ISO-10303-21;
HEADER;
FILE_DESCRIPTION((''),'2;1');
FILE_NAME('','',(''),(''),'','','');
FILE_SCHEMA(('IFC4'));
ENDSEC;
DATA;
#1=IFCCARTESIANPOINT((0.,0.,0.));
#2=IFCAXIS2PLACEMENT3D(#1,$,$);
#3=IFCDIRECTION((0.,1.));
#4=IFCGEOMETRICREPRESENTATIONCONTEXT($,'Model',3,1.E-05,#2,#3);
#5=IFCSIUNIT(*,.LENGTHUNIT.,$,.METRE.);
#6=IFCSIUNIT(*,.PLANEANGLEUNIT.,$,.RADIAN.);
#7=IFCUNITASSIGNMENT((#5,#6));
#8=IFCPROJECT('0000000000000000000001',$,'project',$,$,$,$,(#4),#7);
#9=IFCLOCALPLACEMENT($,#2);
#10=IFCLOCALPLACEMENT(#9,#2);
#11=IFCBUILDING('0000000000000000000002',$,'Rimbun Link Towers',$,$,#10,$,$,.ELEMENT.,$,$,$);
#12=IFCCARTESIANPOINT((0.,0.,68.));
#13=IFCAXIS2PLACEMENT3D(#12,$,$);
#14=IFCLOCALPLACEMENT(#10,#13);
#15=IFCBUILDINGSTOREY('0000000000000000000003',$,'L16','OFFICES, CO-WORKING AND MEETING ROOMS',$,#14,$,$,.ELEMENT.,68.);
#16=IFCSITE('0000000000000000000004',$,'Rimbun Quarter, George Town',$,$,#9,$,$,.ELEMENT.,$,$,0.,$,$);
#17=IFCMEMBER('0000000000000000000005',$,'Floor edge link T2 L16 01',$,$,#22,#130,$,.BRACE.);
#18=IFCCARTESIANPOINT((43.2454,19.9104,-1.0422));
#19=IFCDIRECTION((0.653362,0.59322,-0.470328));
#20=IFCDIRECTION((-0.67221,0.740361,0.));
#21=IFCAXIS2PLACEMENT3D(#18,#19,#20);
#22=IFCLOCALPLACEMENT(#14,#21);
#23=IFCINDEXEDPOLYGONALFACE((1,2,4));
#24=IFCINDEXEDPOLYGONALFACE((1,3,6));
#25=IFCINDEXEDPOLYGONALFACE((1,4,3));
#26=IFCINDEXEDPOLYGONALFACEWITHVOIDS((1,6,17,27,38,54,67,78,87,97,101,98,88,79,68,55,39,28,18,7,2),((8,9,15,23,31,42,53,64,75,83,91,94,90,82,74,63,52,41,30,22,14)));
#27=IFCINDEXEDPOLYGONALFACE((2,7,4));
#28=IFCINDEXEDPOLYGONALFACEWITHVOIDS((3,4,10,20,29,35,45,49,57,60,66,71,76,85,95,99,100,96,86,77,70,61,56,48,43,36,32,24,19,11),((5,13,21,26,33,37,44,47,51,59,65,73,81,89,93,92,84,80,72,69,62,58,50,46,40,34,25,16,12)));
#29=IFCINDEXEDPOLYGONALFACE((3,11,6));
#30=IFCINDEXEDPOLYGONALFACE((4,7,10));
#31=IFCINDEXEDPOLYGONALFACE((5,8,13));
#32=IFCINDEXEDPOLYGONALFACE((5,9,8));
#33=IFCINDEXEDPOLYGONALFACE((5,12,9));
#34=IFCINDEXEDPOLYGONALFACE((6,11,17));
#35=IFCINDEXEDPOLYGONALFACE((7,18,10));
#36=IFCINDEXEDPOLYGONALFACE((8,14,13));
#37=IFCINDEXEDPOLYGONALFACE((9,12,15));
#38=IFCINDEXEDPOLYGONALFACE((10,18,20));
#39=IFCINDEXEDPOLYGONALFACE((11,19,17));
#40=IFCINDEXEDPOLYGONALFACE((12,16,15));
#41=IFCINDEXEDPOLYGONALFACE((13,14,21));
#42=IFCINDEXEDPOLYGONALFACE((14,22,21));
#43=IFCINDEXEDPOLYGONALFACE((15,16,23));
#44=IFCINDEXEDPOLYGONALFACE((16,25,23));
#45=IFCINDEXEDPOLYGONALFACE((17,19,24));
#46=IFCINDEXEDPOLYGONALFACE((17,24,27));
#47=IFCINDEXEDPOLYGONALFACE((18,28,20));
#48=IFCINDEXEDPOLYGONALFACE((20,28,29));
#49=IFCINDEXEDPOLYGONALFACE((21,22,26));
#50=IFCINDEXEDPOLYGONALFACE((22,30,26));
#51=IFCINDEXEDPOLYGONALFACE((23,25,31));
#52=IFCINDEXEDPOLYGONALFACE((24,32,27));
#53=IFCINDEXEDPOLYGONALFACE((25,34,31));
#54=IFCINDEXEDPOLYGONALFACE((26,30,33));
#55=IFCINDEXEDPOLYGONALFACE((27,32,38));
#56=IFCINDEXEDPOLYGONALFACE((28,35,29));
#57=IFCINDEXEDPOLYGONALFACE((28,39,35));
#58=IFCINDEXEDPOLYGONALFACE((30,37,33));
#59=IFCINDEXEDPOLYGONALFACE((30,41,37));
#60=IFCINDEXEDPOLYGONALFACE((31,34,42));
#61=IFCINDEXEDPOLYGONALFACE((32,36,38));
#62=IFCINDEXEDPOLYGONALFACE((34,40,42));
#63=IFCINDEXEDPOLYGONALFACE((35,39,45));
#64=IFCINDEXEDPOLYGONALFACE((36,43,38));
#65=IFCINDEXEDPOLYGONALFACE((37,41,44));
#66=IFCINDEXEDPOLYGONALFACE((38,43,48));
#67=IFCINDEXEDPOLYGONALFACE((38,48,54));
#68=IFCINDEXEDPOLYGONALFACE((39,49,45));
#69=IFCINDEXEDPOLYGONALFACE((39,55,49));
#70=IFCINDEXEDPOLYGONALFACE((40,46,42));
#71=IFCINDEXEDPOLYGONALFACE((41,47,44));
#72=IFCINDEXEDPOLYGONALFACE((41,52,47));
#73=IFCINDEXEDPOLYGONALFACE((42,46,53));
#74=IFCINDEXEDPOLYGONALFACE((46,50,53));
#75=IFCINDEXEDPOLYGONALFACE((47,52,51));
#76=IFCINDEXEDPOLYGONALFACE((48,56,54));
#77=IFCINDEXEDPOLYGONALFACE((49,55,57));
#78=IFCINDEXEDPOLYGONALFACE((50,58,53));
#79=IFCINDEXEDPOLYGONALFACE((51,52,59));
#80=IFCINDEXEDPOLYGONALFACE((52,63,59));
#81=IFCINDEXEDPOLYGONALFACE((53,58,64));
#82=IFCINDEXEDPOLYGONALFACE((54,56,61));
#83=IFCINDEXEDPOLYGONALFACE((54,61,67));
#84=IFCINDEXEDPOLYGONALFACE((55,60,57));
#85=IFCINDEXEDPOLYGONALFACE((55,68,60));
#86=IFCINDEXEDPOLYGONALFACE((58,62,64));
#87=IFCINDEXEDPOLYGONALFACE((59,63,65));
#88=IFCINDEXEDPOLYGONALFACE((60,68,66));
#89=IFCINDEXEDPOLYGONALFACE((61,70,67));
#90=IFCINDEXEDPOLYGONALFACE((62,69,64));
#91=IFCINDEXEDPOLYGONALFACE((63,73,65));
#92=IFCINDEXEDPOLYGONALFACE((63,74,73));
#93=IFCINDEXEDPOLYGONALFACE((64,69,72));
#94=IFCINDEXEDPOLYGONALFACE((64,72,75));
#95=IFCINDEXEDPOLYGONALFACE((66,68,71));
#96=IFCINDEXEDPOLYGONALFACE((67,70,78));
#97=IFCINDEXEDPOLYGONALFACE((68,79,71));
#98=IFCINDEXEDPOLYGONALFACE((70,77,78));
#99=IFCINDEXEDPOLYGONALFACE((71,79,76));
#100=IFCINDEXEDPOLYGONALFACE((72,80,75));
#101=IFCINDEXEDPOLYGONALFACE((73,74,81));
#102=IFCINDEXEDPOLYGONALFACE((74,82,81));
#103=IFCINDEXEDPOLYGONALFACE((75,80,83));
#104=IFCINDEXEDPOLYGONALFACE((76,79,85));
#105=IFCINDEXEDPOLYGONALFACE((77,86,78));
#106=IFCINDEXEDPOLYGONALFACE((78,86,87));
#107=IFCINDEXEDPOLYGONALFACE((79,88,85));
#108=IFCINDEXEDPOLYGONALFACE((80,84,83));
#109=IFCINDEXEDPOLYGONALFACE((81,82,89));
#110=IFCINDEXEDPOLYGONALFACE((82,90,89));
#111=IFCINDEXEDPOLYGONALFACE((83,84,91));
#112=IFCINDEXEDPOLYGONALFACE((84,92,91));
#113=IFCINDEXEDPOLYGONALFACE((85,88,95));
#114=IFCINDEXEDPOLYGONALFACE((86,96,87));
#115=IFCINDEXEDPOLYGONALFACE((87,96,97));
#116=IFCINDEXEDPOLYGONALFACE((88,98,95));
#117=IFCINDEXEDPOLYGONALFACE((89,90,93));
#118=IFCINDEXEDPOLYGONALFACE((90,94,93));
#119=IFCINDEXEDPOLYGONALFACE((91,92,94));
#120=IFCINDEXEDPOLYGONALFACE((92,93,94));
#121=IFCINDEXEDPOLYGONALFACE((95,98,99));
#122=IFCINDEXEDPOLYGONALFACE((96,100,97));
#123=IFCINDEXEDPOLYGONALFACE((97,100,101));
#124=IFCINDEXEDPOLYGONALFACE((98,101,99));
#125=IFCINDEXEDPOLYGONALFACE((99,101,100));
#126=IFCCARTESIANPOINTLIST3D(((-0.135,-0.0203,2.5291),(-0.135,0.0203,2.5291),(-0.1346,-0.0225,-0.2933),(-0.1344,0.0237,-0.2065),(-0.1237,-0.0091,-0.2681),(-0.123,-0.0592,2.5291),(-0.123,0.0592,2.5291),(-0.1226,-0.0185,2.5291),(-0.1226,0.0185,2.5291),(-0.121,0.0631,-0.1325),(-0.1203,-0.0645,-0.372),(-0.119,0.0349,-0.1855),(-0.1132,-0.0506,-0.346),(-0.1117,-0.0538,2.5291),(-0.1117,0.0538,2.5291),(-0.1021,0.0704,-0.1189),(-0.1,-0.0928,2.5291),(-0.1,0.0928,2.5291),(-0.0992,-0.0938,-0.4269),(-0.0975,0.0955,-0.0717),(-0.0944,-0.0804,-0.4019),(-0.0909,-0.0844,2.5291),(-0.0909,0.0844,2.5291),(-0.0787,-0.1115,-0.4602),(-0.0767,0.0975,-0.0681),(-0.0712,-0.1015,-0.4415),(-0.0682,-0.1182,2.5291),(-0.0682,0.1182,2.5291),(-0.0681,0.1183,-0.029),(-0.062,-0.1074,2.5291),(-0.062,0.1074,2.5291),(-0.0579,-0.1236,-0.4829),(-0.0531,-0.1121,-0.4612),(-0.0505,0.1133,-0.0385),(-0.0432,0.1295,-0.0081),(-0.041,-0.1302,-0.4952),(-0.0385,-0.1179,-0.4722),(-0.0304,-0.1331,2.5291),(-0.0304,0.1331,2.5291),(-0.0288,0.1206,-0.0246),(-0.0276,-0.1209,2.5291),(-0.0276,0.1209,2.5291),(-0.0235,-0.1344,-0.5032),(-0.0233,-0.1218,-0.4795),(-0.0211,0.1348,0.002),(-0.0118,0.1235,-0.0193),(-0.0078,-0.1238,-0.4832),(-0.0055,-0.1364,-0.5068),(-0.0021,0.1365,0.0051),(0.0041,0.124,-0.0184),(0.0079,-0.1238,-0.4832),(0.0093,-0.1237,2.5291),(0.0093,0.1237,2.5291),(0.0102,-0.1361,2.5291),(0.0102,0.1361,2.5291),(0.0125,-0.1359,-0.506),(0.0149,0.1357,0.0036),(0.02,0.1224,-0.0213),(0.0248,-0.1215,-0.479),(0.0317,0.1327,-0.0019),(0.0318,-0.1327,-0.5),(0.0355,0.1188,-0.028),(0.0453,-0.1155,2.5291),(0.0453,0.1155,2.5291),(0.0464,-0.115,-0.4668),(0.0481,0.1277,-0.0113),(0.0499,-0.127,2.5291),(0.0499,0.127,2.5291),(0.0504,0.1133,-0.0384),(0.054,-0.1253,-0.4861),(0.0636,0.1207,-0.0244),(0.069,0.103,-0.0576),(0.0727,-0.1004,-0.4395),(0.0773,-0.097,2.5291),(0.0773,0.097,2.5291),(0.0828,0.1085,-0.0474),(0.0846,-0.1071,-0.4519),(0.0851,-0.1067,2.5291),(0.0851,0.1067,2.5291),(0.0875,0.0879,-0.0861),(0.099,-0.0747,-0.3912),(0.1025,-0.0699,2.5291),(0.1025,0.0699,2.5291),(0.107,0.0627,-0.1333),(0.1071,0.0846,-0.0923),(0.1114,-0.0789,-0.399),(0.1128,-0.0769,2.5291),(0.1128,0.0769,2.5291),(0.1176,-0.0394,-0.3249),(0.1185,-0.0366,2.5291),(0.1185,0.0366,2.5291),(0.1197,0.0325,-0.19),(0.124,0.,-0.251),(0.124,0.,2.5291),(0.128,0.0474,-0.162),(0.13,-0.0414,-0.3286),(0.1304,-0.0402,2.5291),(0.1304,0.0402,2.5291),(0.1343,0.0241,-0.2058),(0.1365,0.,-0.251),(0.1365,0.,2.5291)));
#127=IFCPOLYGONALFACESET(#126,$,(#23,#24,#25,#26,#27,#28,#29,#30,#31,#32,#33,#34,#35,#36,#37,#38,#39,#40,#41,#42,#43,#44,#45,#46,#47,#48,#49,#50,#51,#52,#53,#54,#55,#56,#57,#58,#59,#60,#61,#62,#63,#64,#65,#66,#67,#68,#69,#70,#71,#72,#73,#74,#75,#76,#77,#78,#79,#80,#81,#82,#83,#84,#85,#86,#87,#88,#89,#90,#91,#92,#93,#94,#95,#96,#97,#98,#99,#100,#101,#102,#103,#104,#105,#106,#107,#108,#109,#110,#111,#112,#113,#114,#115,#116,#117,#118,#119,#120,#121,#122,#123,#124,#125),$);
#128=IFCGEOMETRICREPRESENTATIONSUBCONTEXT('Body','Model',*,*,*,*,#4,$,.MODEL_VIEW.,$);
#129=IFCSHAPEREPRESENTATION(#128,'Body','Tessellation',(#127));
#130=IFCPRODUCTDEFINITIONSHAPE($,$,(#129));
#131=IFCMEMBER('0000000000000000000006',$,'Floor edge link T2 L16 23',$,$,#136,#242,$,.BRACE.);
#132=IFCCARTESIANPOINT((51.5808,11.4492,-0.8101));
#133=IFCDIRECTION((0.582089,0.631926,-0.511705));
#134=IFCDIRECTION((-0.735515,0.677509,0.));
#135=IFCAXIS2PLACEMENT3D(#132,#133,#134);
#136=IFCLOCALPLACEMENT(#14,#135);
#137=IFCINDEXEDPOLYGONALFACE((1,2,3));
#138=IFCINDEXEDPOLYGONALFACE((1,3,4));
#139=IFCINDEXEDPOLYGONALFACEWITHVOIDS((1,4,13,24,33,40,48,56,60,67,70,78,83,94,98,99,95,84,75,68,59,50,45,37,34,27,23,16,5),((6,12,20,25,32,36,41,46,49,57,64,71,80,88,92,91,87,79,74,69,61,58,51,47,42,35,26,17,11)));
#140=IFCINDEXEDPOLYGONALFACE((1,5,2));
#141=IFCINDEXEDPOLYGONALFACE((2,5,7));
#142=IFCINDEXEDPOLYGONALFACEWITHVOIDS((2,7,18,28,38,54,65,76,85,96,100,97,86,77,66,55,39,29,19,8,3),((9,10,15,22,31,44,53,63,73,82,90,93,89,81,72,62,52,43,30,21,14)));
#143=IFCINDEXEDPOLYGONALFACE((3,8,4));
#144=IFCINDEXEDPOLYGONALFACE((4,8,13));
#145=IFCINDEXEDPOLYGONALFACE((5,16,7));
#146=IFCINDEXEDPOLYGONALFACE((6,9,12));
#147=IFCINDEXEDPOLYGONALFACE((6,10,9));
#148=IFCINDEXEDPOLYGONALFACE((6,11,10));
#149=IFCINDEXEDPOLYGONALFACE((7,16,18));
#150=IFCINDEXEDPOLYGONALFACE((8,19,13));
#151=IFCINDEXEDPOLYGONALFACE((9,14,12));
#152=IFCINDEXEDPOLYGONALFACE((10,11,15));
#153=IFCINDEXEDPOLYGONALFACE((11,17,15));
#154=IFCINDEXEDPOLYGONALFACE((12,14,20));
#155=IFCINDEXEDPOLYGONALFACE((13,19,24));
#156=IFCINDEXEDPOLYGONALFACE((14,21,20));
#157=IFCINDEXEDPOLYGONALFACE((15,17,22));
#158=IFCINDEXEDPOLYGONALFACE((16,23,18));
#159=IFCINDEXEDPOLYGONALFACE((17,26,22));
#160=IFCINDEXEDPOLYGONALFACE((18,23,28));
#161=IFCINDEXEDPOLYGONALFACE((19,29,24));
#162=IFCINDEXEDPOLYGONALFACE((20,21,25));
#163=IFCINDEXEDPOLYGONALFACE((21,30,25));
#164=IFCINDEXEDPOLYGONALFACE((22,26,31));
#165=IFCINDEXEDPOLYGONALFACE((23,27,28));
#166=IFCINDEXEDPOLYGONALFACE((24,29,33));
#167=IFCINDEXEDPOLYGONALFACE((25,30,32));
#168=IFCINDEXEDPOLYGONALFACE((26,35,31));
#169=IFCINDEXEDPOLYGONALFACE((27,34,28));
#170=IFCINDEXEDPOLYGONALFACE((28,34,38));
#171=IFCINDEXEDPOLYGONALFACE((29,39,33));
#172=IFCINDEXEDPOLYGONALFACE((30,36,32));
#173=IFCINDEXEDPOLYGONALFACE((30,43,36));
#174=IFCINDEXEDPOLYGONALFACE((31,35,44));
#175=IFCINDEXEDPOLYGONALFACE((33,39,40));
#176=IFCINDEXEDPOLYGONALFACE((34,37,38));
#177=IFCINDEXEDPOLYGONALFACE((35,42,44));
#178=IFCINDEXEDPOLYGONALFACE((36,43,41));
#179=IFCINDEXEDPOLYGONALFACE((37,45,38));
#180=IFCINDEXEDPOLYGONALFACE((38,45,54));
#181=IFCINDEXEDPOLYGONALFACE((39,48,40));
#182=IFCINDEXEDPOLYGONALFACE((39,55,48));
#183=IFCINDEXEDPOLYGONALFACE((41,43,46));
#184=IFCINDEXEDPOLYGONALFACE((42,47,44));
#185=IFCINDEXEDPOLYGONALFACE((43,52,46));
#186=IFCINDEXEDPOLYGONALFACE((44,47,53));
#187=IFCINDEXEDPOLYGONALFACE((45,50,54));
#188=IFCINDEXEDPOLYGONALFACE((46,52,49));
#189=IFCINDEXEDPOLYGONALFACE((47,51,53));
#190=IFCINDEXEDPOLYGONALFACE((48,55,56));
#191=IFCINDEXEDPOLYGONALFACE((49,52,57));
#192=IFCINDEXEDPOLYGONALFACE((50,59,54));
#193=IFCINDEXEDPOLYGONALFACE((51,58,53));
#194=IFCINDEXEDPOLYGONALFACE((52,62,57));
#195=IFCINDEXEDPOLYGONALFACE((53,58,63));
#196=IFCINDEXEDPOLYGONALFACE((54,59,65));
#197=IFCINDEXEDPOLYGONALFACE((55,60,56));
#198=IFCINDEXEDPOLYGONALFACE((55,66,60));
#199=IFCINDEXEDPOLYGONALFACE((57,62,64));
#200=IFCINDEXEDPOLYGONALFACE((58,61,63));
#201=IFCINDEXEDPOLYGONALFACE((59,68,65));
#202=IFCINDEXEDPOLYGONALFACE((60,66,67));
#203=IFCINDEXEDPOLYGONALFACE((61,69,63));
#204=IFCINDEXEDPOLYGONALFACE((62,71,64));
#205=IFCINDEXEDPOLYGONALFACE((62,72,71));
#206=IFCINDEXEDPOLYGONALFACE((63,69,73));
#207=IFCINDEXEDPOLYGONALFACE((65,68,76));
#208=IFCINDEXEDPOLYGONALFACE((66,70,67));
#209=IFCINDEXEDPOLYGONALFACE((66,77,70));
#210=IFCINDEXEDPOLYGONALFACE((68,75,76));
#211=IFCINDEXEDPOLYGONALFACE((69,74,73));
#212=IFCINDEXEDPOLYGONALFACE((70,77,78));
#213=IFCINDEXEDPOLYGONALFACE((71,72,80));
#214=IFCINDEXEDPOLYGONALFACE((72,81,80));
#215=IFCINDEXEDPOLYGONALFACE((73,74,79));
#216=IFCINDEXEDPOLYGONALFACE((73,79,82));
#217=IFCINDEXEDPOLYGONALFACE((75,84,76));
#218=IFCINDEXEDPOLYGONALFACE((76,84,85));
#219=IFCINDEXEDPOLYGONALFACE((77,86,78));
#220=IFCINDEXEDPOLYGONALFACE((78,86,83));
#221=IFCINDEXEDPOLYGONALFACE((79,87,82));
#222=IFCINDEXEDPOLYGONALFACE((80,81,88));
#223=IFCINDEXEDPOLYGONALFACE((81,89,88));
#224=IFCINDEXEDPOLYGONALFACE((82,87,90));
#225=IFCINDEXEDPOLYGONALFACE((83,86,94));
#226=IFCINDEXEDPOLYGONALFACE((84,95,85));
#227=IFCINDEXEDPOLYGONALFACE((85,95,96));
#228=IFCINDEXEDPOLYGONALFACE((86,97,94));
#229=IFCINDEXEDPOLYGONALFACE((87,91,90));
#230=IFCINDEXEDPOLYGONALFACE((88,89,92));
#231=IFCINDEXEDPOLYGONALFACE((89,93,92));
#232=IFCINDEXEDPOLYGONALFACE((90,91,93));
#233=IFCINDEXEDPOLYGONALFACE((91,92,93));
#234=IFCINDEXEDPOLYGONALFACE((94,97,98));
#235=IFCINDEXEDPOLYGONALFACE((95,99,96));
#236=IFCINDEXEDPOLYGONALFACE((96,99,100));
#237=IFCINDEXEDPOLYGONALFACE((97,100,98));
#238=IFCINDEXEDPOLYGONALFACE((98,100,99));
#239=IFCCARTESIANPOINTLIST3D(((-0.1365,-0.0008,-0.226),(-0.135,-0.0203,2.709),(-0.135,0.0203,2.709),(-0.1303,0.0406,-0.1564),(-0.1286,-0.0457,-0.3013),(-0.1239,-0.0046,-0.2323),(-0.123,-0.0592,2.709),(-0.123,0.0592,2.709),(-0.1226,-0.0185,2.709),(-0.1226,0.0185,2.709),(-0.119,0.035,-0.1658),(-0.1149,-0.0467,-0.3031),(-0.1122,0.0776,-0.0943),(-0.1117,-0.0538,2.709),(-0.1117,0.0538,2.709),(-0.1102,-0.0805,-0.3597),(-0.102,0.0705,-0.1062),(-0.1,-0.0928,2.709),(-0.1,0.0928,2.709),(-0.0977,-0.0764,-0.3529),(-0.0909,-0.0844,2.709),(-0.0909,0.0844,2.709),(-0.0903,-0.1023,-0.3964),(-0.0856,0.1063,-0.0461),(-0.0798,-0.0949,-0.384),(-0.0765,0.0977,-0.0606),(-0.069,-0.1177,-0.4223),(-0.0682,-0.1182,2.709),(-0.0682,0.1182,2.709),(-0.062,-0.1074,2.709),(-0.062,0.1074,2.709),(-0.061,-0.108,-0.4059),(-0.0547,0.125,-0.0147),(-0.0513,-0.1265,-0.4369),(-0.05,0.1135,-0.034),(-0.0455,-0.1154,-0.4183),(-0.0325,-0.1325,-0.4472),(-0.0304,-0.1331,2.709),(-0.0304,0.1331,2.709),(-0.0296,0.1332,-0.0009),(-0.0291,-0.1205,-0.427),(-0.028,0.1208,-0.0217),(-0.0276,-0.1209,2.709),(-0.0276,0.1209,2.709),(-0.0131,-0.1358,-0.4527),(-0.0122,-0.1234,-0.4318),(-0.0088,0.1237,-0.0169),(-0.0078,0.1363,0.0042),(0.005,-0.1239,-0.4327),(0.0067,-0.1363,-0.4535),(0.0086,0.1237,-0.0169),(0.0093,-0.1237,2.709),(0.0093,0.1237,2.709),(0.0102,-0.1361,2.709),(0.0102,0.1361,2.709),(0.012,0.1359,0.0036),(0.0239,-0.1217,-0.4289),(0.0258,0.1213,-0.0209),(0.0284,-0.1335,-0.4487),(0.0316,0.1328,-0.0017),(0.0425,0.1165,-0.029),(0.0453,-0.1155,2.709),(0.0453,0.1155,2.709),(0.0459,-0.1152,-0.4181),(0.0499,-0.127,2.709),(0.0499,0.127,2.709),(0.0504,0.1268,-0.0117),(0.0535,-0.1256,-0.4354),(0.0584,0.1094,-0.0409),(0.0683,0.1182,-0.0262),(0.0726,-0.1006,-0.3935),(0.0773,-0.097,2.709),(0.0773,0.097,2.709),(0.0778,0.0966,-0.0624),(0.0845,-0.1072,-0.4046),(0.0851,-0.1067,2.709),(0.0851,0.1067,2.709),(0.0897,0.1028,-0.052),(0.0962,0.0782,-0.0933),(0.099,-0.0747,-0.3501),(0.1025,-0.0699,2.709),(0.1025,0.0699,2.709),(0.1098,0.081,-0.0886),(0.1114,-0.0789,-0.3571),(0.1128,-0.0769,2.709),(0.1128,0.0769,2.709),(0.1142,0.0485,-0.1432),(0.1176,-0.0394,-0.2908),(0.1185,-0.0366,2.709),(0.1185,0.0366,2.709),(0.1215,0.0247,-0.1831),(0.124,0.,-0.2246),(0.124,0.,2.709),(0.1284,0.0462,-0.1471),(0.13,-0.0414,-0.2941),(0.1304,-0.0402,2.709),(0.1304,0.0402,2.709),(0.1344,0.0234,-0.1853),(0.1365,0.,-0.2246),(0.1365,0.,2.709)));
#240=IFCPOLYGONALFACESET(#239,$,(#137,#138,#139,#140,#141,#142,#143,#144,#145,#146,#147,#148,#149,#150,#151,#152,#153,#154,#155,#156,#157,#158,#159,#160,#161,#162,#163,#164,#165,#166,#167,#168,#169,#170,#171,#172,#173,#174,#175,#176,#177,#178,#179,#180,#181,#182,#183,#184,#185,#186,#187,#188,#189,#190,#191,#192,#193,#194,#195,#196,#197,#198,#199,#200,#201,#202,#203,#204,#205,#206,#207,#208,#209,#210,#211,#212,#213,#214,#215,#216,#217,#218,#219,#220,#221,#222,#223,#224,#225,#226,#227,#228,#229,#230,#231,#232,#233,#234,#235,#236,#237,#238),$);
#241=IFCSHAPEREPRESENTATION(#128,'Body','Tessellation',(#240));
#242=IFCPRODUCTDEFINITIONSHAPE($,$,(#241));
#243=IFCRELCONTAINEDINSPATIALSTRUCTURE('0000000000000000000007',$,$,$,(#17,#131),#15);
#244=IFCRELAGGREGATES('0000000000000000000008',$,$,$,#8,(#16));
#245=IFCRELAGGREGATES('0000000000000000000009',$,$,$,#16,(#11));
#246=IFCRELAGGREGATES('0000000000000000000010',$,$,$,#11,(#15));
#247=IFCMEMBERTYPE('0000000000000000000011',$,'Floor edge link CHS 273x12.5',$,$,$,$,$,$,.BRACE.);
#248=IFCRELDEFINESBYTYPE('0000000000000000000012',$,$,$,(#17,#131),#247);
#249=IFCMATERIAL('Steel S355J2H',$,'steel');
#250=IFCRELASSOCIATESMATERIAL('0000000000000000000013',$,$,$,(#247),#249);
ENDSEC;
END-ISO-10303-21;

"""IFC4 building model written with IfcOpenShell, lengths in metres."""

from ifc_helpers import new_model, si_unit, direction, frame, origin, origin_2d, place, context, subcontext, project, spatial, hollow_circle, extrude, clip, halfspace, material, material_profile, profile_set, type_object, element, save


model = new_model("IFC4")

# Units and contexts
model_context = context("Model", 3, precision=1e-05, world=origin(), true_north=direction((0.0, 1.0)))
body_context = subcontext(model_context, "Body", "Model", "MODEL_VIEW")
ifc_project = project(units=[si_unit("LENGTHUNIT", "METRE"), si_unit("PLANEANGLEUNIT", "RADIAN")], contexts=[model_context])

# Site, building, storey
site_placement = place(None, origin())
site = spatial("IfcSite", under=ifc_project, at=site_placement, Name="Rimbun Quarter, George Town", CompositionType="ELEMENT", RefElevation=0.0)
building_placement = place(site_placement, origin())
building = spatial("IfcBuilding", under=site, at=building_placement, Name="Rimbun Link Towers", CompositionType="ELEMENT")
storey_placement = place(building_placement, frame((0.0, 0.0, 68.0)))
storey = spatial("IfcBuildingStorey", under=building, at=storey_placement, Name="L16", Description="OFFICES, CO-WORKING AND MEETING ROOMS", CompositionType="ELEMENT", Elevation=68.0)

# Members
ifc_material_1 = material(Name="Steel S355J2H", Category="steel")
ifc_material_profile_1 = material_profile(ifc_material_1, hollow_circle(Radius=0.1365, WallThickness=0.0125, at=origin_2d()), Name="CHS 273x12.5")
ifc_profile_set_1 = profile_set([ifc_material_profile_1], Name="Steel S355J2H")
member_type_1 = type_object("IfcMemberType", Name="Floor edge link CHS 273x12.5", PredefinedType="BRACE", material=ifc_profile_set_1)
member_1_placement = place(storey_placement, frame((43.2454, 19.9104, -1.0422), z_axis=(0.653362, 0.59322, -0.470328), x_axis=(-0.67221, 0.740361, 0.0)))
element("IfcMember", 1, at=member_1_placement, inside=storey, type_object=member_type_1, Name="Floor edge link T2 L16 01", PredefinedType="BRACE", context=body_context, shape_type="Clipping", body=[
    clip(extrude(hollow_circle(Radius=0.1365, WallThickness=0.0125, at=origin_2d()), frame((0.0, 0.0, -0.5334)), (0.0, 0.0, 1.0), 3.0625), halfspace(frame((0.0, 0.0, -0.251), z_axis=(0.0, 0.882492, -0.470328)), False)),
])
member_2_placement = place(storey_placement, frame((51.5808, 11.4492, -0.8101), z_axis=(0.582089, 0.631926, -0.511705), x_axis=(-0.735515, 0.677509, 0.0)))
element("IfcMember", 2, at=member_2_placement, inside=storey, type_object=member_type_1, Name="Floor edge link T2 L16 23", PredefinedType="BRACE", context=body_context, shape_type="Clipping", body=[
    clip(extrude(hollow_circle(Radius=0.1365, WallThickness=0.0125, at=origin_2d()), frame((0.0, 0.0, -0.478)), (0.0, 0.0, 1.0), 3.187), halfspace(frame((0.0, 0.0, -0.2246), z_axis=(0.0, 0.859161, -0.511705)), False)),
])

save(model, "model.ifc")
